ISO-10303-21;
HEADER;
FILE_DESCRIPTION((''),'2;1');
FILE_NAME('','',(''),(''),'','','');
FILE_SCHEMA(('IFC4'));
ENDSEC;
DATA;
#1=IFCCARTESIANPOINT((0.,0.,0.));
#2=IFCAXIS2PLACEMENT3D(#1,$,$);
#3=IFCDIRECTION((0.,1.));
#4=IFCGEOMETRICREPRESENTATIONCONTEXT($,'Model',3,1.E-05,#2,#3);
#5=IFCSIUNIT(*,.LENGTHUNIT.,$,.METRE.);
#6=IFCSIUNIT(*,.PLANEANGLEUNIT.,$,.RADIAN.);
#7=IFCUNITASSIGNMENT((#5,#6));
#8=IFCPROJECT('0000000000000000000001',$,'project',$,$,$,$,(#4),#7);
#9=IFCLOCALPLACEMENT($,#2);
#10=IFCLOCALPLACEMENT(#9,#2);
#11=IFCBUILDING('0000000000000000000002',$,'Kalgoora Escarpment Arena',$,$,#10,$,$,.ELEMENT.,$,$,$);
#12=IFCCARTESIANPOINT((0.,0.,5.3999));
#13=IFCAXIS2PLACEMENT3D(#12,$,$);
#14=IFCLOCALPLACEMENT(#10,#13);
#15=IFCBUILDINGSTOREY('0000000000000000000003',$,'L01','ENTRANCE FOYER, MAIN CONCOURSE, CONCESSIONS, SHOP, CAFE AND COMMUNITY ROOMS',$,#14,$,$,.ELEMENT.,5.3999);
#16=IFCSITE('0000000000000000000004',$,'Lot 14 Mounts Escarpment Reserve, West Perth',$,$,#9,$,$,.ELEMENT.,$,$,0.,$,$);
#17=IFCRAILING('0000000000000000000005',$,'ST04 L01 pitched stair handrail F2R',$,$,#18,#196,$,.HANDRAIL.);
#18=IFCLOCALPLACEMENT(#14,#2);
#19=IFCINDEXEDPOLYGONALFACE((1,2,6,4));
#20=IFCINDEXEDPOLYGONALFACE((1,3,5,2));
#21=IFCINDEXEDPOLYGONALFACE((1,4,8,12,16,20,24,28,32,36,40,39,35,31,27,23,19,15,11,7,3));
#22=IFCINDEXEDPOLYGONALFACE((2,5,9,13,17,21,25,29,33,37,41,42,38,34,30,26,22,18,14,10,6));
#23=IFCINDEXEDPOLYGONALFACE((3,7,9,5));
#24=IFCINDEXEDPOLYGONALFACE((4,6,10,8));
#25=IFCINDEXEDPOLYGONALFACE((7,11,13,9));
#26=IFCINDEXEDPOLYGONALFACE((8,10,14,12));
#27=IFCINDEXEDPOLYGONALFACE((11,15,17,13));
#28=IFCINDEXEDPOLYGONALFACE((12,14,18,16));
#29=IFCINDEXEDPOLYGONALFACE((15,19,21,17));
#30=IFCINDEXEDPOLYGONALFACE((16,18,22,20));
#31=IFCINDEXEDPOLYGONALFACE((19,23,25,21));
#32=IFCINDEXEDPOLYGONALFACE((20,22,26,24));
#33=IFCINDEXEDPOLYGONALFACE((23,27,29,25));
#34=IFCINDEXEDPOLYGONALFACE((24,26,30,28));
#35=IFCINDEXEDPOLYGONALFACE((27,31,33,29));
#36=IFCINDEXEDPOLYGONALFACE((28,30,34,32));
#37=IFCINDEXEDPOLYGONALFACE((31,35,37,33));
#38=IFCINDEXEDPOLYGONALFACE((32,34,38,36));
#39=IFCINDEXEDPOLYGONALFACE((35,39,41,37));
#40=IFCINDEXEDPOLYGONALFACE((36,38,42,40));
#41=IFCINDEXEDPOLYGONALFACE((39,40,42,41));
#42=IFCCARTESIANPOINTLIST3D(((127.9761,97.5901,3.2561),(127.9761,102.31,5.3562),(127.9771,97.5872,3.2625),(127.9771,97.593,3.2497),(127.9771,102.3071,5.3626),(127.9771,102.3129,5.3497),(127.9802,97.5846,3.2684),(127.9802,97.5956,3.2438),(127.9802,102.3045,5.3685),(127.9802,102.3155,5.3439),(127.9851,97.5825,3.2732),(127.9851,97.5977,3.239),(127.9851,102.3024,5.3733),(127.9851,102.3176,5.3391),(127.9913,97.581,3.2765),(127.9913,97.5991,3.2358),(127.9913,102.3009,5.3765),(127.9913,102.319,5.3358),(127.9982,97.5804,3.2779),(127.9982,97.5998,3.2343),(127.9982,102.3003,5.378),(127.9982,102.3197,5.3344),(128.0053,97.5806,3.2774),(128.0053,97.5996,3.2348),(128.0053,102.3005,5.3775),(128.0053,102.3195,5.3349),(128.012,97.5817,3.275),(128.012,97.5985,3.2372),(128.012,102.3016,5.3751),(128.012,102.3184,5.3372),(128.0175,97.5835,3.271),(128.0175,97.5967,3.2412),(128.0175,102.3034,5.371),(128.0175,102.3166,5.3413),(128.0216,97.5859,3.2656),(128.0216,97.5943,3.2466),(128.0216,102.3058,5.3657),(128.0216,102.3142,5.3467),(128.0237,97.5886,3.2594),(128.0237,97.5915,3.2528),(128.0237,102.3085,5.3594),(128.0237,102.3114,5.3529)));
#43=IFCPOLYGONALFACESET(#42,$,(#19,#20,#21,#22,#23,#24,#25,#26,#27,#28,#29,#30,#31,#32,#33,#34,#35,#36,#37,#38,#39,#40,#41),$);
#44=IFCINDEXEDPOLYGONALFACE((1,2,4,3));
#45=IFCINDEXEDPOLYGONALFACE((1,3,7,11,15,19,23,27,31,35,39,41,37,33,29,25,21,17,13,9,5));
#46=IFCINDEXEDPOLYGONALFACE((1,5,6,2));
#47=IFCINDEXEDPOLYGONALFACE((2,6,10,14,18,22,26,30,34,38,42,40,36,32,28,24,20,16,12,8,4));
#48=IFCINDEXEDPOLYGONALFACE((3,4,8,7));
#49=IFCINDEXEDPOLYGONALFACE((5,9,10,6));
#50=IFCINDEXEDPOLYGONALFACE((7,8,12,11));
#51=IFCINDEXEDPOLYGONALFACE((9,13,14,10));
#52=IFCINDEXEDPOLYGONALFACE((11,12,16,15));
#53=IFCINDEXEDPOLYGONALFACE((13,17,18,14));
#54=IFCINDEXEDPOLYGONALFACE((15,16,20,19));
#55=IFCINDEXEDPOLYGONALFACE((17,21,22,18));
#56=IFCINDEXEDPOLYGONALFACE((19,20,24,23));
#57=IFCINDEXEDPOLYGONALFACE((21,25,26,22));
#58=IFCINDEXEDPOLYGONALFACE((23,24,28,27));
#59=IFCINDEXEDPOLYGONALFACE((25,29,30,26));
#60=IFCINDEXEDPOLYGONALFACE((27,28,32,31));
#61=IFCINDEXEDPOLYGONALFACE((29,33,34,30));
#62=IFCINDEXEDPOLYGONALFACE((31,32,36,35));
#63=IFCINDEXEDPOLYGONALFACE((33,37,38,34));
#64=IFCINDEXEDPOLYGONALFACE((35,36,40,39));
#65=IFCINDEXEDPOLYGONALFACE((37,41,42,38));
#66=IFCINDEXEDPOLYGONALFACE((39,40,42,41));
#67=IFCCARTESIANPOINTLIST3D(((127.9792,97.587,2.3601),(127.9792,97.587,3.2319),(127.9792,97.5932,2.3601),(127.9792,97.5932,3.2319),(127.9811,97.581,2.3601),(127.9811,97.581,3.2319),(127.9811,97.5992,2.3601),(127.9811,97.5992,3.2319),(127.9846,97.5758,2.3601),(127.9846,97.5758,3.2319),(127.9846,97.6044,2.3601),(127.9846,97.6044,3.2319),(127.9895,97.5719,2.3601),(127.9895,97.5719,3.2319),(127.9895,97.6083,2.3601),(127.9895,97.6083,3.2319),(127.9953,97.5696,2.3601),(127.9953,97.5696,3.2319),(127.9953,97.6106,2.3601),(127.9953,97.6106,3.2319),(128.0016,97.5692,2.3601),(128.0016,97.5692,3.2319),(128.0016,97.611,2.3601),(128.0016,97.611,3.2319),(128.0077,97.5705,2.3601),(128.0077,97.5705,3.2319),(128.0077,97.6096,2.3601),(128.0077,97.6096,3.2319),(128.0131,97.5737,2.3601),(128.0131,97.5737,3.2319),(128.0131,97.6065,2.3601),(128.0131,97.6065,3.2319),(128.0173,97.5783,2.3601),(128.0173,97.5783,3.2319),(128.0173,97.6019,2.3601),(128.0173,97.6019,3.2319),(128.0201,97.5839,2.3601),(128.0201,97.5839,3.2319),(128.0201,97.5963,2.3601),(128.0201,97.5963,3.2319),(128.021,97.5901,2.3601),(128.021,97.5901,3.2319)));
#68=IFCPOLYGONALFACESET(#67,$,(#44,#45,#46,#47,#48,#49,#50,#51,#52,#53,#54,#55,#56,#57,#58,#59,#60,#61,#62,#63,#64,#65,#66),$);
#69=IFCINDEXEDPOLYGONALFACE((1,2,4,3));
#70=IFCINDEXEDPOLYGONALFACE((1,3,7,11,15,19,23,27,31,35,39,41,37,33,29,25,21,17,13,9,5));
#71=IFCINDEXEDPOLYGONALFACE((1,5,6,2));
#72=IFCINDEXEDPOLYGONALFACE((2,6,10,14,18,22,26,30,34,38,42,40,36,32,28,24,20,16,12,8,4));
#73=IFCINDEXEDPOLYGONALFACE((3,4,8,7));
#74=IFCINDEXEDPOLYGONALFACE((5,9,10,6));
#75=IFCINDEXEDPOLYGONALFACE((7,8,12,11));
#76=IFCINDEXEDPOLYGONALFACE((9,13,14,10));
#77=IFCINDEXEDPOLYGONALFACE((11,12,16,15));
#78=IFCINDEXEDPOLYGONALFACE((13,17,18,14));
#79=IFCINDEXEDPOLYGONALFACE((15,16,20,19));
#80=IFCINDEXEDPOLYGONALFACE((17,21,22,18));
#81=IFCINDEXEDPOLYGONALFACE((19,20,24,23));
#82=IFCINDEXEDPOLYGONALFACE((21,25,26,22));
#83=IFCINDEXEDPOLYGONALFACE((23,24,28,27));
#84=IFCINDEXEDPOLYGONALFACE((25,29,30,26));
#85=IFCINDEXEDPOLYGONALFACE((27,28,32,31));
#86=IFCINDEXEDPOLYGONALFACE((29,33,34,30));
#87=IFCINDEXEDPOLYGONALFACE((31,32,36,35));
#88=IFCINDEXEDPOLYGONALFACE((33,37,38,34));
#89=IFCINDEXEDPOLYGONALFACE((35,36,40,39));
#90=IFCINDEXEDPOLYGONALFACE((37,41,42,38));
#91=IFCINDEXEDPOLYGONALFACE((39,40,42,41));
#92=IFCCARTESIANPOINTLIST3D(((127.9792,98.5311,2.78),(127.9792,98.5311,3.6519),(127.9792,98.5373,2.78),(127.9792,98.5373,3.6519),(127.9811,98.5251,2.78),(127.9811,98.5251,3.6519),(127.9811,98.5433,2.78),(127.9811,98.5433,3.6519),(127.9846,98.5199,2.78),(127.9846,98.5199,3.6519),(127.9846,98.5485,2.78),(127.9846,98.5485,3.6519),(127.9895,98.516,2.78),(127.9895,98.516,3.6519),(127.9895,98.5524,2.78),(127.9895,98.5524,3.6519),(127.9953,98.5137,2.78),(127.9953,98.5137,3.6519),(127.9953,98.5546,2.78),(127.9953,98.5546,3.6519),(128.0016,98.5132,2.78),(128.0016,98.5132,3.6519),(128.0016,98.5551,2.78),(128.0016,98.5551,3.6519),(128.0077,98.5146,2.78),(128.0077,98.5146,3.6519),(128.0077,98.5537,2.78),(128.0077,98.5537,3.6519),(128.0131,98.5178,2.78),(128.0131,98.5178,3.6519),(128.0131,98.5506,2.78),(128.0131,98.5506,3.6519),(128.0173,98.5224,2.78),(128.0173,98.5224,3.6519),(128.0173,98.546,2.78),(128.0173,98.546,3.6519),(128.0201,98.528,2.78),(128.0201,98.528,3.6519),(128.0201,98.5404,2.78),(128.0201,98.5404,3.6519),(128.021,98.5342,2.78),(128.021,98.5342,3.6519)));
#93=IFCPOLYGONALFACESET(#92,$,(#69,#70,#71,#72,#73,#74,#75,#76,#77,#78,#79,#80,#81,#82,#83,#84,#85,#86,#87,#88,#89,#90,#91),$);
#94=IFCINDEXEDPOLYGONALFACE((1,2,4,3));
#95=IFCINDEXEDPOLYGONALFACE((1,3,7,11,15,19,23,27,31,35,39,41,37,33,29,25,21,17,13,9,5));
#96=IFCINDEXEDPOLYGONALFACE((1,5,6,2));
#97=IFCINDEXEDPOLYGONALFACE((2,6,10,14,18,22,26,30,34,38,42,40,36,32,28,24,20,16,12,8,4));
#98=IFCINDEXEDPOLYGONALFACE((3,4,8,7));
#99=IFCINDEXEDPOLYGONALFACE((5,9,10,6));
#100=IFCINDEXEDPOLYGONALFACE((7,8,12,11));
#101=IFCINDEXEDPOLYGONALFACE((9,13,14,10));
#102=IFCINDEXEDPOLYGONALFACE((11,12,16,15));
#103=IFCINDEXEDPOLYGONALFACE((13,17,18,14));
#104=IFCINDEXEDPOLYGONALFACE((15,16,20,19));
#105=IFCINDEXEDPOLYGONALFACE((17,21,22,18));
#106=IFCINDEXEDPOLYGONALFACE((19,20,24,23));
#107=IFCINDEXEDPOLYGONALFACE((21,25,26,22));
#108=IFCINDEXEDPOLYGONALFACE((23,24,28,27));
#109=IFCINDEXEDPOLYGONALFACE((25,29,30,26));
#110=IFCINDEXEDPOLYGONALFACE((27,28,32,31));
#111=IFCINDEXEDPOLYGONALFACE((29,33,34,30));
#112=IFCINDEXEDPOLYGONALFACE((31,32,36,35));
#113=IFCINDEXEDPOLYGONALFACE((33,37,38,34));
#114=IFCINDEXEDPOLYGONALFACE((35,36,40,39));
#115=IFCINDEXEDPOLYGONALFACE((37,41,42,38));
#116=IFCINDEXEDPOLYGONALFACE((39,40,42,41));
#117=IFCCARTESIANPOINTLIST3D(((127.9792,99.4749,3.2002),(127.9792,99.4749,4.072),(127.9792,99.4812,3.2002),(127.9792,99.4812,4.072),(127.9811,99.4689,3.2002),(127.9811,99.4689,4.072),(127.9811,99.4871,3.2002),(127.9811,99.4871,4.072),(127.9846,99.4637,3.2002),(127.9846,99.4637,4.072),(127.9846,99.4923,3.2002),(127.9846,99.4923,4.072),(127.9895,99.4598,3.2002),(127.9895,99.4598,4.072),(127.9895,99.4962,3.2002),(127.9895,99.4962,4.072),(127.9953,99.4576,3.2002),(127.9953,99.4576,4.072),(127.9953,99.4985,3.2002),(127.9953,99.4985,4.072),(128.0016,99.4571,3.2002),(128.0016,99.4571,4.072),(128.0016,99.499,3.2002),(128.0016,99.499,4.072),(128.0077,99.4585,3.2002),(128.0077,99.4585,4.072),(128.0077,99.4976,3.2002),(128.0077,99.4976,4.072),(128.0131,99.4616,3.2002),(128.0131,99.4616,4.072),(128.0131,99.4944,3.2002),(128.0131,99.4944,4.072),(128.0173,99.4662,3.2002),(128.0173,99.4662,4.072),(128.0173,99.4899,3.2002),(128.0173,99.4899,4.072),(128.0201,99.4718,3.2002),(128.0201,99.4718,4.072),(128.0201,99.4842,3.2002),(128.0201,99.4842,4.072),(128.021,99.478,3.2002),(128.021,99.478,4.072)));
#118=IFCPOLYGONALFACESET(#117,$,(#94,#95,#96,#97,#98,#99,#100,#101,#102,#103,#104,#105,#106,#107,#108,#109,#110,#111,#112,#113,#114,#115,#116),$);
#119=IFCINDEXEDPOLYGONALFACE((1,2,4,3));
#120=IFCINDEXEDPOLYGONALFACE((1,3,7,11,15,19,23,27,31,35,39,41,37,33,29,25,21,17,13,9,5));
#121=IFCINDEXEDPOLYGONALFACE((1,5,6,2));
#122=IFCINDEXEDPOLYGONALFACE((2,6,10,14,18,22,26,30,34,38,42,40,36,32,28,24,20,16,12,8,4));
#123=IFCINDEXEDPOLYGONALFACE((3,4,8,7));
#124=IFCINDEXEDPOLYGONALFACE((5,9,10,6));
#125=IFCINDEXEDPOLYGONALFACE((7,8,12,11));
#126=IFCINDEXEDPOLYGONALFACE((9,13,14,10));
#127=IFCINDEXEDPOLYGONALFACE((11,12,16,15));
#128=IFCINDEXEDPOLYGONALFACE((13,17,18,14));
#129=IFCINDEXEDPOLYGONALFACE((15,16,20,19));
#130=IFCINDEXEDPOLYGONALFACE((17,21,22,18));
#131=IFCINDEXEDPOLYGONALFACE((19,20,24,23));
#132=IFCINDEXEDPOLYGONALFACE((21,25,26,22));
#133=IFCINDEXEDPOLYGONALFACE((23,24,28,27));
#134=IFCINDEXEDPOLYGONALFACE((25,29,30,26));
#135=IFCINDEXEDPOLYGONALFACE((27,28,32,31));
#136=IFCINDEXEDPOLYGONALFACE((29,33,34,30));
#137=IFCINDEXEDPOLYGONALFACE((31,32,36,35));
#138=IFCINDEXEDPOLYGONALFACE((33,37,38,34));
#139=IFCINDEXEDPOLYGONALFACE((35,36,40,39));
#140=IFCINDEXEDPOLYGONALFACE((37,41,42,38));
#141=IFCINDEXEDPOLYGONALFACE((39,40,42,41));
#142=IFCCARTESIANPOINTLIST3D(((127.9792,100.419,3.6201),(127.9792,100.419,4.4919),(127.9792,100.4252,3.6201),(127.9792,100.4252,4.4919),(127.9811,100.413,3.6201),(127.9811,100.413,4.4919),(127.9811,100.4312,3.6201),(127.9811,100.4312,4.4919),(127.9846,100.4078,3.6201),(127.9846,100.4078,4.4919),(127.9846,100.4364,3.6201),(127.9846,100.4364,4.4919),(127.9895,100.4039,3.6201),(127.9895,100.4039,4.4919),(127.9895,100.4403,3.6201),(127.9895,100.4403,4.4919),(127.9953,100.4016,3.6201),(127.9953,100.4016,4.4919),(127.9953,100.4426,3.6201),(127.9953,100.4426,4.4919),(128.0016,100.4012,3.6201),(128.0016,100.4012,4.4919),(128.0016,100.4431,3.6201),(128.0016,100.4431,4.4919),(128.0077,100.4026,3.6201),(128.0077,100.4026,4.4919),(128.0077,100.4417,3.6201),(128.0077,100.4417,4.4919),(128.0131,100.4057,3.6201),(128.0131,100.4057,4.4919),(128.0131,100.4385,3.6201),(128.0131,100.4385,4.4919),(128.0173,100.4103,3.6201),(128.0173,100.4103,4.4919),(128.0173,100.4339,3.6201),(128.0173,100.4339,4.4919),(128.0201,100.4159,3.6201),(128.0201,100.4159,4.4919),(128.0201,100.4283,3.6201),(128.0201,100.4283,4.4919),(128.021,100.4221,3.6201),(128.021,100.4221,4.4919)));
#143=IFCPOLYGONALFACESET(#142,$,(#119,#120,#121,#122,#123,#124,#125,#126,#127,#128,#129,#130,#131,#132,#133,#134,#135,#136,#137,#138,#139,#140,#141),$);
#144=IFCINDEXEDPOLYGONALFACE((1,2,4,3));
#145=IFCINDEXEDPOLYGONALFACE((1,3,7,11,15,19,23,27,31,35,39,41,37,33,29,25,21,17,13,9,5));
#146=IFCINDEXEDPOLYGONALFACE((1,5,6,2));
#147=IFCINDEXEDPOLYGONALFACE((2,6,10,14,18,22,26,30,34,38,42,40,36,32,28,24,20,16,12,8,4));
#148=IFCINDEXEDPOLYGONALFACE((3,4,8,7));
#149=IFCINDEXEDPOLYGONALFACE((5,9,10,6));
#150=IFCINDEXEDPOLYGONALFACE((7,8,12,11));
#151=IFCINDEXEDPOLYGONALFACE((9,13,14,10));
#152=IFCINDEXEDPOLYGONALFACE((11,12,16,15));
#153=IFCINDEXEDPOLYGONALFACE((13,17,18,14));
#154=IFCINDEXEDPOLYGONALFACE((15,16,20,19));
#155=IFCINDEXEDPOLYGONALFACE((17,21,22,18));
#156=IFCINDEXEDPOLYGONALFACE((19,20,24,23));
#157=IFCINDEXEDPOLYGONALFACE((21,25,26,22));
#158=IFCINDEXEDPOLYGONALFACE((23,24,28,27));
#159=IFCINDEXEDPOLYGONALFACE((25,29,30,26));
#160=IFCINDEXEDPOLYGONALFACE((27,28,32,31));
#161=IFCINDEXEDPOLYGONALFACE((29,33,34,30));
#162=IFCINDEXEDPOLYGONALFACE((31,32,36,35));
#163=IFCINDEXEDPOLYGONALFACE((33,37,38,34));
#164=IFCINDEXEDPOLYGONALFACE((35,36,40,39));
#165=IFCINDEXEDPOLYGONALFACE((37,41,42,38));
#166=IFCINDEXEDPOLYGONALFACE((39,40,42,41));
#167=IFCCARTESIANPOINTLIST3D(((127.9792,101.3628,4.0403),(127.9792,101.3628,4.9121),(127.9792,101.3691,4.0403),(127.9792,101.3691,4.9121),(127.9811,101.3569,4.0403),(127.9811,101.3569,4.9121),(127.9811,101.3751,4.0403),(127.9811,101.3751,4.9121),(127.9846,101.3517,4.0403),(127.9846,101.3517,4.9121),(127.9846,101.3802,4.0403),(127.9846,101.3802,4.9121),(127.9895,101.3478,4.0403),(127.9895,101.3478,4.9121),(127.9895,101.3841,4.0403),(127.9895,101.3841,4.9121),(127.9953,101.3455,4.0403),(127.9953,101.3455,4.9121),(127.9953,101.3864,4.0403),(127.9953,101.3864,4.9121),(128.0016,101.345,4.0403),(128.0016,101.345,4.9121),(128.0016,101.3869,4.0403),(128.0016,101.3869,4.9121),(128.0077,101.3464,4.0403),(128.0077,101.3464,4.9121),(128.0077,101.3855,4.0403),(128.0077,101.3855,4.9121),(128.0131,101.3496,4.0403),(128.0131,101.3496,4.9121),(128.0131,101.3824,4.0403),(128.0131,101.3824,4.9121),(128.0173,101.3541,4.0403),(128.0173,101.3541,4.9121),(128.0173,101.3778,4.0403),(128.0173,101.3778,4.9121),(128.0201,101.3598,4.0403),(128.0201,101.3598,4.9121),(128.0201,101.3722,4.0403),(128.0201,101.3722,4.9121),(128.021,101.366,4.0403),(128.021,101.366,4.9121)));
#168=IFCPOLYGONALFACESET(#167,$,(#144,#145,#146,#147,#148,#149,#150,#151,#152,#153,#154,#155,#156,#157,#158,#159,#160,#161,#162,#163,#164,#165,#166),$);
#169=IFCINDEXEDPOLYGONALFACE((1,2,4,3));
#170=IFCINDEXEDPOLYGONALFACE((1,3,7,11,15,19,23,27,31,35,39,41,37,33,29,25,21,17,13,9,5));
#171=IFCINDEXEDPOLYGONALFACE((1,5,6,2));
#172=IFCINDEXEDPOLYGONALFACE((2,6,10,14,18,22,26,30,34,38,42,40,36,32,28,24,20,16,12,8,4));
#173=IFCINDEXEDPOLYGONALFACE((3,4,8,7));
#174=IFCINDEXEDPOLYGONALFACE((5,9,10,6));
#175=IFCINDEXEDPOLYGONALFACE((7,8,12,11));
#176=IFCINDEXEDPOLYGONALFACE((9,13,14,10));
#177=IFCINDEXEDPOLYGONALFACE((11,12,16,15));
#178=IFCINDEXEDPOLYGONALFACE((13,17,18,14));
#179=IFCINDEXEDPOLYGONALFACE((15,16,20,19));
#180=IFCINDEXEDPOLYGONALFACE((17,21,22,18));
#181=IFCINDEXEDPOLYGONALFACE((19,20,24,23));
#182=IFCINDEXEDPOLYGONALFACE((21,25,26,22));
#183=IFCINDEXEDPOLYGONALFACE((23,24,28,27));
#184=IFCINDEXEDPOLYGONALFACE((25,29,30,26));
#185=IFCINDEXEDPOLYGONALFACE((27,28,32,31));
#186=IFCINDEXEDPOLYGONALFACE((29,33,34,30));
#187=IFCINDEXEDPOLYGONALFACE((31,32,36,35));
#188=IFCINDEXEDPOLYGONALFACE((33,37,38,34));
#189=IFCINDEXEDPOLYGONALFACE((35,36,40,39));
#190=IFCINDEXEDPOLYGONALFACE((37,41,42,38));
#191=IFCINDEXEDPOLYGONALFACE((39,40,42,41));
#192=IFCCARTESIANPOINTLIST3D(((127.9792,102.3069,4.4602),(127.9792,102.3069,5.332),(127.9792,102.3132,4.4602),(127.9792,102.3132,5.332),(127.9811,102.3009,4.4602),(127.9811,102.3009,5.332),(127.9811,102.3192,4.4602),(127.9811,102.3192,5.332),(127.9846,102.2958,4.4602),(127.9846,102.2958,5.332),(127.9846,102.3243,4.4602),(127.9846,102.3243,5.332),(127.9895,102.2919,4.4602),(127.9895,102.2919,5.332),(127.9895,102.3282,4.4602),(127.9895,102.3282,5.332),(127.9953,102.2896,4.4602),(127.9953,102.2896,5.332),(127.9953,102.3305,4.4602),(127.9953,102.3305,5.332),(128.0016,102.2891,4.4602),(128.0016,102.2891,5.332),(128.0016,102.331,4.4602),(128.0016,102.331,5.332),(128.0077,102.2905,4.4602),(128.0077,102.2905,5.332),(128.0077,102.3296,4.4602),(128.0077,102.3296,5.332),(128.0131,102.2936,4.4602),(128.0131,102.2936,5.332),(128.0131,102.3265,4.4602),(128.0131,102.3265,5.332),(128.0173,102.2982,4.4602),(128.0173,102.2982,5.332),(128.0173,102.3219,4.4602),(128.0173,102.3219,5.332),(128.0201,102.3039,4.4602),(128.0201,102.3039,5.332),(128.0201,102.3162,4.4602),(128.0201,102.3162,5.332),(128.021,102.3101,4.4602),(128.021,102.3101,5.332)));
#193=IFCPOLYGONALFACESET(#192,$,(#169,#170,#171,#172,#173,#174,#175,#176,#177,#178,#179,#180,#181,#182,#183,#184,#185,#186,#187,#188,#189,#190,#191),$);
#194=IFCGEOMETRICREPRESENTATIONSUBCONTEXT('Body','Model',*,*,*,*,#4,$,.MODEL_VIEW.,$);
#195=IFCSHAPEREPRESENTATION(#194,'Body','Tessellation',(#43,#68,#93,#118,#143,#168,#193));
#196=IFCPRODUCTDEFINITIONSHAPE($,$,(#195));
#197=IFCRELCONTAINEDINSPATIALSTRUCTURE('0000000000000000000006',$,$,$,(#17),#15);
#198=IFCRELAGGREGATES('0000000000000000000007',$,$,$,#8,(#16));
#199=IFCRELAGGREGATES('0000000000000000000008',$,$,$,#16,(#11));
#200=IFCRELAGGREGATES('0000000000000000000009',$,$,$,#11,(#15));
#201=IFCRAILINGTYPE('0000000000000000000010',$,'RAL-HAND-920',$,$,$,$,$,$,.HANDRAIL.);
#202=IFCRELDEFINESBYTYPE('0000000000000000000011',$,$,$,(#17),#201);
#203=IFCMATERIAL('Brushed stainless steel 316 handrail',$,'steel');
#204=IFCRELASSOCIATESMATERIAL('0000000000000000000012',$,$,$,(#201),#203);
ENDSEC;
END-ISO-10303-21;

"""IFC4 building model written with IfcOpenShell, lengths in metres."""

from ifc_helpers import new_model, si_unit, direction, frame, origin, origin_2d, place, context, subcontext, project, spatial, circle, extrude, material, type_object, element, save


model = new_model("IFC4")

# Units and contexts
model_context = context("Model", 3, precision=1e-05, world=origin(), true_north=direction((0.0, 1.0)))
body_context = subcontext(model_context, "Body", "Model", "MODEL_VIEW")
ifc_project = project(units=[si_unit("LENGTHUNIT", "METRE"), si_unit("PLANEANGLEUNIT", "RADIAN")], contexts=[model_context])

# Site, building, storey
site_placement = place(None, origin())
site = spatial("IfcSite", under=ifc_project, at=site_placement, Name="Lot 14 Mounts Escarpment Reserve, West Perth", CompositionType="ELEMENT", RefElevation=0.0)
building_placement = place(site_placement, origin())
building = spatial("IfcBuilding", under=site, at=building_placement, Name="Kalgoora Escarpment Arena", CompositionType="ELEMENT")
storey_placement = place(building_placement, frame((0.0, 0.0, 5.3999)))
storey = spatial("IfcBuildingStorey", under=building, at=storey_placement, Name="L01", Description="ENTRANCE FOYER, MAIN CONCOURSE, CONCESSIONS, SHOP, CAFE AND COMMUNITY ROOMS", CompositionType="ELEMENT", Elevation=5.3999)

# Railing
ifc_material_1 = material(Name="Brushed stainless steel 316 handrail", Category="steel")
railing_type_1 = type_object("IfcRailingType", Name="RAL-HAND-920", PredefinedType="HANDRAIL", material=ifc_material_1)
for number, where, name in (
    (1, (128.0, 97.5901, 2.3601), "ST04 L01 pitched stair handrail F2R"),
):
    element("IfcRailing", number, at=place(storey_placement, frame(where)), inside=storey, type_object=railing_type_1, Name=name, PredefinedType="HANDRAIL", context=body_context, shape_type="SweptSolid", body=[
        extrude(circle(Radius=0.0239, at=origin_2d()), frame((0.0, 0.0, 0.896), z_axis=(0.0, 0.913644, 0.406516), x_axis=(-1.0, 0.0, 0.0)), (0.0, 0.0, 1.0), 5.166),
        extrude(circle(Radius=0.021, at=origin_2d()), origin(), (0.0, 0.0, 1.0), 0.8718),
        extrude(circle(Radius=0.021, at=origin_2d()), frame((0.0, 0.9441, 0.4199)), (0.0, 0.0, 1.0), 0.8718),
        extrude(circle(Radius=0.021, at=origin_2d()), frame((0.0, 1.8879, 0.8401)), (0.0, 0.0, 1.0), 0.8718),
        extrude(circle(Radius=0.021, at=origin_2d()), frame((0.0, 2.832, 1.26)), (0.0, 0.0, 1.0), 0.8718),
        extrude(circle(Radius=0.021, at=origin_2d()), frame((0.0, 3.7759, 1.6802)), (0.0, 0.0, 1.0), 0.8718),
        extrude(circle(Radius=0.021, at=origin_2d()), frame((0.0, 4.72, 2.1001)), (0.0, 0.0, 1.0), 0.8718),
    ])

save(model, "model.ifc")
